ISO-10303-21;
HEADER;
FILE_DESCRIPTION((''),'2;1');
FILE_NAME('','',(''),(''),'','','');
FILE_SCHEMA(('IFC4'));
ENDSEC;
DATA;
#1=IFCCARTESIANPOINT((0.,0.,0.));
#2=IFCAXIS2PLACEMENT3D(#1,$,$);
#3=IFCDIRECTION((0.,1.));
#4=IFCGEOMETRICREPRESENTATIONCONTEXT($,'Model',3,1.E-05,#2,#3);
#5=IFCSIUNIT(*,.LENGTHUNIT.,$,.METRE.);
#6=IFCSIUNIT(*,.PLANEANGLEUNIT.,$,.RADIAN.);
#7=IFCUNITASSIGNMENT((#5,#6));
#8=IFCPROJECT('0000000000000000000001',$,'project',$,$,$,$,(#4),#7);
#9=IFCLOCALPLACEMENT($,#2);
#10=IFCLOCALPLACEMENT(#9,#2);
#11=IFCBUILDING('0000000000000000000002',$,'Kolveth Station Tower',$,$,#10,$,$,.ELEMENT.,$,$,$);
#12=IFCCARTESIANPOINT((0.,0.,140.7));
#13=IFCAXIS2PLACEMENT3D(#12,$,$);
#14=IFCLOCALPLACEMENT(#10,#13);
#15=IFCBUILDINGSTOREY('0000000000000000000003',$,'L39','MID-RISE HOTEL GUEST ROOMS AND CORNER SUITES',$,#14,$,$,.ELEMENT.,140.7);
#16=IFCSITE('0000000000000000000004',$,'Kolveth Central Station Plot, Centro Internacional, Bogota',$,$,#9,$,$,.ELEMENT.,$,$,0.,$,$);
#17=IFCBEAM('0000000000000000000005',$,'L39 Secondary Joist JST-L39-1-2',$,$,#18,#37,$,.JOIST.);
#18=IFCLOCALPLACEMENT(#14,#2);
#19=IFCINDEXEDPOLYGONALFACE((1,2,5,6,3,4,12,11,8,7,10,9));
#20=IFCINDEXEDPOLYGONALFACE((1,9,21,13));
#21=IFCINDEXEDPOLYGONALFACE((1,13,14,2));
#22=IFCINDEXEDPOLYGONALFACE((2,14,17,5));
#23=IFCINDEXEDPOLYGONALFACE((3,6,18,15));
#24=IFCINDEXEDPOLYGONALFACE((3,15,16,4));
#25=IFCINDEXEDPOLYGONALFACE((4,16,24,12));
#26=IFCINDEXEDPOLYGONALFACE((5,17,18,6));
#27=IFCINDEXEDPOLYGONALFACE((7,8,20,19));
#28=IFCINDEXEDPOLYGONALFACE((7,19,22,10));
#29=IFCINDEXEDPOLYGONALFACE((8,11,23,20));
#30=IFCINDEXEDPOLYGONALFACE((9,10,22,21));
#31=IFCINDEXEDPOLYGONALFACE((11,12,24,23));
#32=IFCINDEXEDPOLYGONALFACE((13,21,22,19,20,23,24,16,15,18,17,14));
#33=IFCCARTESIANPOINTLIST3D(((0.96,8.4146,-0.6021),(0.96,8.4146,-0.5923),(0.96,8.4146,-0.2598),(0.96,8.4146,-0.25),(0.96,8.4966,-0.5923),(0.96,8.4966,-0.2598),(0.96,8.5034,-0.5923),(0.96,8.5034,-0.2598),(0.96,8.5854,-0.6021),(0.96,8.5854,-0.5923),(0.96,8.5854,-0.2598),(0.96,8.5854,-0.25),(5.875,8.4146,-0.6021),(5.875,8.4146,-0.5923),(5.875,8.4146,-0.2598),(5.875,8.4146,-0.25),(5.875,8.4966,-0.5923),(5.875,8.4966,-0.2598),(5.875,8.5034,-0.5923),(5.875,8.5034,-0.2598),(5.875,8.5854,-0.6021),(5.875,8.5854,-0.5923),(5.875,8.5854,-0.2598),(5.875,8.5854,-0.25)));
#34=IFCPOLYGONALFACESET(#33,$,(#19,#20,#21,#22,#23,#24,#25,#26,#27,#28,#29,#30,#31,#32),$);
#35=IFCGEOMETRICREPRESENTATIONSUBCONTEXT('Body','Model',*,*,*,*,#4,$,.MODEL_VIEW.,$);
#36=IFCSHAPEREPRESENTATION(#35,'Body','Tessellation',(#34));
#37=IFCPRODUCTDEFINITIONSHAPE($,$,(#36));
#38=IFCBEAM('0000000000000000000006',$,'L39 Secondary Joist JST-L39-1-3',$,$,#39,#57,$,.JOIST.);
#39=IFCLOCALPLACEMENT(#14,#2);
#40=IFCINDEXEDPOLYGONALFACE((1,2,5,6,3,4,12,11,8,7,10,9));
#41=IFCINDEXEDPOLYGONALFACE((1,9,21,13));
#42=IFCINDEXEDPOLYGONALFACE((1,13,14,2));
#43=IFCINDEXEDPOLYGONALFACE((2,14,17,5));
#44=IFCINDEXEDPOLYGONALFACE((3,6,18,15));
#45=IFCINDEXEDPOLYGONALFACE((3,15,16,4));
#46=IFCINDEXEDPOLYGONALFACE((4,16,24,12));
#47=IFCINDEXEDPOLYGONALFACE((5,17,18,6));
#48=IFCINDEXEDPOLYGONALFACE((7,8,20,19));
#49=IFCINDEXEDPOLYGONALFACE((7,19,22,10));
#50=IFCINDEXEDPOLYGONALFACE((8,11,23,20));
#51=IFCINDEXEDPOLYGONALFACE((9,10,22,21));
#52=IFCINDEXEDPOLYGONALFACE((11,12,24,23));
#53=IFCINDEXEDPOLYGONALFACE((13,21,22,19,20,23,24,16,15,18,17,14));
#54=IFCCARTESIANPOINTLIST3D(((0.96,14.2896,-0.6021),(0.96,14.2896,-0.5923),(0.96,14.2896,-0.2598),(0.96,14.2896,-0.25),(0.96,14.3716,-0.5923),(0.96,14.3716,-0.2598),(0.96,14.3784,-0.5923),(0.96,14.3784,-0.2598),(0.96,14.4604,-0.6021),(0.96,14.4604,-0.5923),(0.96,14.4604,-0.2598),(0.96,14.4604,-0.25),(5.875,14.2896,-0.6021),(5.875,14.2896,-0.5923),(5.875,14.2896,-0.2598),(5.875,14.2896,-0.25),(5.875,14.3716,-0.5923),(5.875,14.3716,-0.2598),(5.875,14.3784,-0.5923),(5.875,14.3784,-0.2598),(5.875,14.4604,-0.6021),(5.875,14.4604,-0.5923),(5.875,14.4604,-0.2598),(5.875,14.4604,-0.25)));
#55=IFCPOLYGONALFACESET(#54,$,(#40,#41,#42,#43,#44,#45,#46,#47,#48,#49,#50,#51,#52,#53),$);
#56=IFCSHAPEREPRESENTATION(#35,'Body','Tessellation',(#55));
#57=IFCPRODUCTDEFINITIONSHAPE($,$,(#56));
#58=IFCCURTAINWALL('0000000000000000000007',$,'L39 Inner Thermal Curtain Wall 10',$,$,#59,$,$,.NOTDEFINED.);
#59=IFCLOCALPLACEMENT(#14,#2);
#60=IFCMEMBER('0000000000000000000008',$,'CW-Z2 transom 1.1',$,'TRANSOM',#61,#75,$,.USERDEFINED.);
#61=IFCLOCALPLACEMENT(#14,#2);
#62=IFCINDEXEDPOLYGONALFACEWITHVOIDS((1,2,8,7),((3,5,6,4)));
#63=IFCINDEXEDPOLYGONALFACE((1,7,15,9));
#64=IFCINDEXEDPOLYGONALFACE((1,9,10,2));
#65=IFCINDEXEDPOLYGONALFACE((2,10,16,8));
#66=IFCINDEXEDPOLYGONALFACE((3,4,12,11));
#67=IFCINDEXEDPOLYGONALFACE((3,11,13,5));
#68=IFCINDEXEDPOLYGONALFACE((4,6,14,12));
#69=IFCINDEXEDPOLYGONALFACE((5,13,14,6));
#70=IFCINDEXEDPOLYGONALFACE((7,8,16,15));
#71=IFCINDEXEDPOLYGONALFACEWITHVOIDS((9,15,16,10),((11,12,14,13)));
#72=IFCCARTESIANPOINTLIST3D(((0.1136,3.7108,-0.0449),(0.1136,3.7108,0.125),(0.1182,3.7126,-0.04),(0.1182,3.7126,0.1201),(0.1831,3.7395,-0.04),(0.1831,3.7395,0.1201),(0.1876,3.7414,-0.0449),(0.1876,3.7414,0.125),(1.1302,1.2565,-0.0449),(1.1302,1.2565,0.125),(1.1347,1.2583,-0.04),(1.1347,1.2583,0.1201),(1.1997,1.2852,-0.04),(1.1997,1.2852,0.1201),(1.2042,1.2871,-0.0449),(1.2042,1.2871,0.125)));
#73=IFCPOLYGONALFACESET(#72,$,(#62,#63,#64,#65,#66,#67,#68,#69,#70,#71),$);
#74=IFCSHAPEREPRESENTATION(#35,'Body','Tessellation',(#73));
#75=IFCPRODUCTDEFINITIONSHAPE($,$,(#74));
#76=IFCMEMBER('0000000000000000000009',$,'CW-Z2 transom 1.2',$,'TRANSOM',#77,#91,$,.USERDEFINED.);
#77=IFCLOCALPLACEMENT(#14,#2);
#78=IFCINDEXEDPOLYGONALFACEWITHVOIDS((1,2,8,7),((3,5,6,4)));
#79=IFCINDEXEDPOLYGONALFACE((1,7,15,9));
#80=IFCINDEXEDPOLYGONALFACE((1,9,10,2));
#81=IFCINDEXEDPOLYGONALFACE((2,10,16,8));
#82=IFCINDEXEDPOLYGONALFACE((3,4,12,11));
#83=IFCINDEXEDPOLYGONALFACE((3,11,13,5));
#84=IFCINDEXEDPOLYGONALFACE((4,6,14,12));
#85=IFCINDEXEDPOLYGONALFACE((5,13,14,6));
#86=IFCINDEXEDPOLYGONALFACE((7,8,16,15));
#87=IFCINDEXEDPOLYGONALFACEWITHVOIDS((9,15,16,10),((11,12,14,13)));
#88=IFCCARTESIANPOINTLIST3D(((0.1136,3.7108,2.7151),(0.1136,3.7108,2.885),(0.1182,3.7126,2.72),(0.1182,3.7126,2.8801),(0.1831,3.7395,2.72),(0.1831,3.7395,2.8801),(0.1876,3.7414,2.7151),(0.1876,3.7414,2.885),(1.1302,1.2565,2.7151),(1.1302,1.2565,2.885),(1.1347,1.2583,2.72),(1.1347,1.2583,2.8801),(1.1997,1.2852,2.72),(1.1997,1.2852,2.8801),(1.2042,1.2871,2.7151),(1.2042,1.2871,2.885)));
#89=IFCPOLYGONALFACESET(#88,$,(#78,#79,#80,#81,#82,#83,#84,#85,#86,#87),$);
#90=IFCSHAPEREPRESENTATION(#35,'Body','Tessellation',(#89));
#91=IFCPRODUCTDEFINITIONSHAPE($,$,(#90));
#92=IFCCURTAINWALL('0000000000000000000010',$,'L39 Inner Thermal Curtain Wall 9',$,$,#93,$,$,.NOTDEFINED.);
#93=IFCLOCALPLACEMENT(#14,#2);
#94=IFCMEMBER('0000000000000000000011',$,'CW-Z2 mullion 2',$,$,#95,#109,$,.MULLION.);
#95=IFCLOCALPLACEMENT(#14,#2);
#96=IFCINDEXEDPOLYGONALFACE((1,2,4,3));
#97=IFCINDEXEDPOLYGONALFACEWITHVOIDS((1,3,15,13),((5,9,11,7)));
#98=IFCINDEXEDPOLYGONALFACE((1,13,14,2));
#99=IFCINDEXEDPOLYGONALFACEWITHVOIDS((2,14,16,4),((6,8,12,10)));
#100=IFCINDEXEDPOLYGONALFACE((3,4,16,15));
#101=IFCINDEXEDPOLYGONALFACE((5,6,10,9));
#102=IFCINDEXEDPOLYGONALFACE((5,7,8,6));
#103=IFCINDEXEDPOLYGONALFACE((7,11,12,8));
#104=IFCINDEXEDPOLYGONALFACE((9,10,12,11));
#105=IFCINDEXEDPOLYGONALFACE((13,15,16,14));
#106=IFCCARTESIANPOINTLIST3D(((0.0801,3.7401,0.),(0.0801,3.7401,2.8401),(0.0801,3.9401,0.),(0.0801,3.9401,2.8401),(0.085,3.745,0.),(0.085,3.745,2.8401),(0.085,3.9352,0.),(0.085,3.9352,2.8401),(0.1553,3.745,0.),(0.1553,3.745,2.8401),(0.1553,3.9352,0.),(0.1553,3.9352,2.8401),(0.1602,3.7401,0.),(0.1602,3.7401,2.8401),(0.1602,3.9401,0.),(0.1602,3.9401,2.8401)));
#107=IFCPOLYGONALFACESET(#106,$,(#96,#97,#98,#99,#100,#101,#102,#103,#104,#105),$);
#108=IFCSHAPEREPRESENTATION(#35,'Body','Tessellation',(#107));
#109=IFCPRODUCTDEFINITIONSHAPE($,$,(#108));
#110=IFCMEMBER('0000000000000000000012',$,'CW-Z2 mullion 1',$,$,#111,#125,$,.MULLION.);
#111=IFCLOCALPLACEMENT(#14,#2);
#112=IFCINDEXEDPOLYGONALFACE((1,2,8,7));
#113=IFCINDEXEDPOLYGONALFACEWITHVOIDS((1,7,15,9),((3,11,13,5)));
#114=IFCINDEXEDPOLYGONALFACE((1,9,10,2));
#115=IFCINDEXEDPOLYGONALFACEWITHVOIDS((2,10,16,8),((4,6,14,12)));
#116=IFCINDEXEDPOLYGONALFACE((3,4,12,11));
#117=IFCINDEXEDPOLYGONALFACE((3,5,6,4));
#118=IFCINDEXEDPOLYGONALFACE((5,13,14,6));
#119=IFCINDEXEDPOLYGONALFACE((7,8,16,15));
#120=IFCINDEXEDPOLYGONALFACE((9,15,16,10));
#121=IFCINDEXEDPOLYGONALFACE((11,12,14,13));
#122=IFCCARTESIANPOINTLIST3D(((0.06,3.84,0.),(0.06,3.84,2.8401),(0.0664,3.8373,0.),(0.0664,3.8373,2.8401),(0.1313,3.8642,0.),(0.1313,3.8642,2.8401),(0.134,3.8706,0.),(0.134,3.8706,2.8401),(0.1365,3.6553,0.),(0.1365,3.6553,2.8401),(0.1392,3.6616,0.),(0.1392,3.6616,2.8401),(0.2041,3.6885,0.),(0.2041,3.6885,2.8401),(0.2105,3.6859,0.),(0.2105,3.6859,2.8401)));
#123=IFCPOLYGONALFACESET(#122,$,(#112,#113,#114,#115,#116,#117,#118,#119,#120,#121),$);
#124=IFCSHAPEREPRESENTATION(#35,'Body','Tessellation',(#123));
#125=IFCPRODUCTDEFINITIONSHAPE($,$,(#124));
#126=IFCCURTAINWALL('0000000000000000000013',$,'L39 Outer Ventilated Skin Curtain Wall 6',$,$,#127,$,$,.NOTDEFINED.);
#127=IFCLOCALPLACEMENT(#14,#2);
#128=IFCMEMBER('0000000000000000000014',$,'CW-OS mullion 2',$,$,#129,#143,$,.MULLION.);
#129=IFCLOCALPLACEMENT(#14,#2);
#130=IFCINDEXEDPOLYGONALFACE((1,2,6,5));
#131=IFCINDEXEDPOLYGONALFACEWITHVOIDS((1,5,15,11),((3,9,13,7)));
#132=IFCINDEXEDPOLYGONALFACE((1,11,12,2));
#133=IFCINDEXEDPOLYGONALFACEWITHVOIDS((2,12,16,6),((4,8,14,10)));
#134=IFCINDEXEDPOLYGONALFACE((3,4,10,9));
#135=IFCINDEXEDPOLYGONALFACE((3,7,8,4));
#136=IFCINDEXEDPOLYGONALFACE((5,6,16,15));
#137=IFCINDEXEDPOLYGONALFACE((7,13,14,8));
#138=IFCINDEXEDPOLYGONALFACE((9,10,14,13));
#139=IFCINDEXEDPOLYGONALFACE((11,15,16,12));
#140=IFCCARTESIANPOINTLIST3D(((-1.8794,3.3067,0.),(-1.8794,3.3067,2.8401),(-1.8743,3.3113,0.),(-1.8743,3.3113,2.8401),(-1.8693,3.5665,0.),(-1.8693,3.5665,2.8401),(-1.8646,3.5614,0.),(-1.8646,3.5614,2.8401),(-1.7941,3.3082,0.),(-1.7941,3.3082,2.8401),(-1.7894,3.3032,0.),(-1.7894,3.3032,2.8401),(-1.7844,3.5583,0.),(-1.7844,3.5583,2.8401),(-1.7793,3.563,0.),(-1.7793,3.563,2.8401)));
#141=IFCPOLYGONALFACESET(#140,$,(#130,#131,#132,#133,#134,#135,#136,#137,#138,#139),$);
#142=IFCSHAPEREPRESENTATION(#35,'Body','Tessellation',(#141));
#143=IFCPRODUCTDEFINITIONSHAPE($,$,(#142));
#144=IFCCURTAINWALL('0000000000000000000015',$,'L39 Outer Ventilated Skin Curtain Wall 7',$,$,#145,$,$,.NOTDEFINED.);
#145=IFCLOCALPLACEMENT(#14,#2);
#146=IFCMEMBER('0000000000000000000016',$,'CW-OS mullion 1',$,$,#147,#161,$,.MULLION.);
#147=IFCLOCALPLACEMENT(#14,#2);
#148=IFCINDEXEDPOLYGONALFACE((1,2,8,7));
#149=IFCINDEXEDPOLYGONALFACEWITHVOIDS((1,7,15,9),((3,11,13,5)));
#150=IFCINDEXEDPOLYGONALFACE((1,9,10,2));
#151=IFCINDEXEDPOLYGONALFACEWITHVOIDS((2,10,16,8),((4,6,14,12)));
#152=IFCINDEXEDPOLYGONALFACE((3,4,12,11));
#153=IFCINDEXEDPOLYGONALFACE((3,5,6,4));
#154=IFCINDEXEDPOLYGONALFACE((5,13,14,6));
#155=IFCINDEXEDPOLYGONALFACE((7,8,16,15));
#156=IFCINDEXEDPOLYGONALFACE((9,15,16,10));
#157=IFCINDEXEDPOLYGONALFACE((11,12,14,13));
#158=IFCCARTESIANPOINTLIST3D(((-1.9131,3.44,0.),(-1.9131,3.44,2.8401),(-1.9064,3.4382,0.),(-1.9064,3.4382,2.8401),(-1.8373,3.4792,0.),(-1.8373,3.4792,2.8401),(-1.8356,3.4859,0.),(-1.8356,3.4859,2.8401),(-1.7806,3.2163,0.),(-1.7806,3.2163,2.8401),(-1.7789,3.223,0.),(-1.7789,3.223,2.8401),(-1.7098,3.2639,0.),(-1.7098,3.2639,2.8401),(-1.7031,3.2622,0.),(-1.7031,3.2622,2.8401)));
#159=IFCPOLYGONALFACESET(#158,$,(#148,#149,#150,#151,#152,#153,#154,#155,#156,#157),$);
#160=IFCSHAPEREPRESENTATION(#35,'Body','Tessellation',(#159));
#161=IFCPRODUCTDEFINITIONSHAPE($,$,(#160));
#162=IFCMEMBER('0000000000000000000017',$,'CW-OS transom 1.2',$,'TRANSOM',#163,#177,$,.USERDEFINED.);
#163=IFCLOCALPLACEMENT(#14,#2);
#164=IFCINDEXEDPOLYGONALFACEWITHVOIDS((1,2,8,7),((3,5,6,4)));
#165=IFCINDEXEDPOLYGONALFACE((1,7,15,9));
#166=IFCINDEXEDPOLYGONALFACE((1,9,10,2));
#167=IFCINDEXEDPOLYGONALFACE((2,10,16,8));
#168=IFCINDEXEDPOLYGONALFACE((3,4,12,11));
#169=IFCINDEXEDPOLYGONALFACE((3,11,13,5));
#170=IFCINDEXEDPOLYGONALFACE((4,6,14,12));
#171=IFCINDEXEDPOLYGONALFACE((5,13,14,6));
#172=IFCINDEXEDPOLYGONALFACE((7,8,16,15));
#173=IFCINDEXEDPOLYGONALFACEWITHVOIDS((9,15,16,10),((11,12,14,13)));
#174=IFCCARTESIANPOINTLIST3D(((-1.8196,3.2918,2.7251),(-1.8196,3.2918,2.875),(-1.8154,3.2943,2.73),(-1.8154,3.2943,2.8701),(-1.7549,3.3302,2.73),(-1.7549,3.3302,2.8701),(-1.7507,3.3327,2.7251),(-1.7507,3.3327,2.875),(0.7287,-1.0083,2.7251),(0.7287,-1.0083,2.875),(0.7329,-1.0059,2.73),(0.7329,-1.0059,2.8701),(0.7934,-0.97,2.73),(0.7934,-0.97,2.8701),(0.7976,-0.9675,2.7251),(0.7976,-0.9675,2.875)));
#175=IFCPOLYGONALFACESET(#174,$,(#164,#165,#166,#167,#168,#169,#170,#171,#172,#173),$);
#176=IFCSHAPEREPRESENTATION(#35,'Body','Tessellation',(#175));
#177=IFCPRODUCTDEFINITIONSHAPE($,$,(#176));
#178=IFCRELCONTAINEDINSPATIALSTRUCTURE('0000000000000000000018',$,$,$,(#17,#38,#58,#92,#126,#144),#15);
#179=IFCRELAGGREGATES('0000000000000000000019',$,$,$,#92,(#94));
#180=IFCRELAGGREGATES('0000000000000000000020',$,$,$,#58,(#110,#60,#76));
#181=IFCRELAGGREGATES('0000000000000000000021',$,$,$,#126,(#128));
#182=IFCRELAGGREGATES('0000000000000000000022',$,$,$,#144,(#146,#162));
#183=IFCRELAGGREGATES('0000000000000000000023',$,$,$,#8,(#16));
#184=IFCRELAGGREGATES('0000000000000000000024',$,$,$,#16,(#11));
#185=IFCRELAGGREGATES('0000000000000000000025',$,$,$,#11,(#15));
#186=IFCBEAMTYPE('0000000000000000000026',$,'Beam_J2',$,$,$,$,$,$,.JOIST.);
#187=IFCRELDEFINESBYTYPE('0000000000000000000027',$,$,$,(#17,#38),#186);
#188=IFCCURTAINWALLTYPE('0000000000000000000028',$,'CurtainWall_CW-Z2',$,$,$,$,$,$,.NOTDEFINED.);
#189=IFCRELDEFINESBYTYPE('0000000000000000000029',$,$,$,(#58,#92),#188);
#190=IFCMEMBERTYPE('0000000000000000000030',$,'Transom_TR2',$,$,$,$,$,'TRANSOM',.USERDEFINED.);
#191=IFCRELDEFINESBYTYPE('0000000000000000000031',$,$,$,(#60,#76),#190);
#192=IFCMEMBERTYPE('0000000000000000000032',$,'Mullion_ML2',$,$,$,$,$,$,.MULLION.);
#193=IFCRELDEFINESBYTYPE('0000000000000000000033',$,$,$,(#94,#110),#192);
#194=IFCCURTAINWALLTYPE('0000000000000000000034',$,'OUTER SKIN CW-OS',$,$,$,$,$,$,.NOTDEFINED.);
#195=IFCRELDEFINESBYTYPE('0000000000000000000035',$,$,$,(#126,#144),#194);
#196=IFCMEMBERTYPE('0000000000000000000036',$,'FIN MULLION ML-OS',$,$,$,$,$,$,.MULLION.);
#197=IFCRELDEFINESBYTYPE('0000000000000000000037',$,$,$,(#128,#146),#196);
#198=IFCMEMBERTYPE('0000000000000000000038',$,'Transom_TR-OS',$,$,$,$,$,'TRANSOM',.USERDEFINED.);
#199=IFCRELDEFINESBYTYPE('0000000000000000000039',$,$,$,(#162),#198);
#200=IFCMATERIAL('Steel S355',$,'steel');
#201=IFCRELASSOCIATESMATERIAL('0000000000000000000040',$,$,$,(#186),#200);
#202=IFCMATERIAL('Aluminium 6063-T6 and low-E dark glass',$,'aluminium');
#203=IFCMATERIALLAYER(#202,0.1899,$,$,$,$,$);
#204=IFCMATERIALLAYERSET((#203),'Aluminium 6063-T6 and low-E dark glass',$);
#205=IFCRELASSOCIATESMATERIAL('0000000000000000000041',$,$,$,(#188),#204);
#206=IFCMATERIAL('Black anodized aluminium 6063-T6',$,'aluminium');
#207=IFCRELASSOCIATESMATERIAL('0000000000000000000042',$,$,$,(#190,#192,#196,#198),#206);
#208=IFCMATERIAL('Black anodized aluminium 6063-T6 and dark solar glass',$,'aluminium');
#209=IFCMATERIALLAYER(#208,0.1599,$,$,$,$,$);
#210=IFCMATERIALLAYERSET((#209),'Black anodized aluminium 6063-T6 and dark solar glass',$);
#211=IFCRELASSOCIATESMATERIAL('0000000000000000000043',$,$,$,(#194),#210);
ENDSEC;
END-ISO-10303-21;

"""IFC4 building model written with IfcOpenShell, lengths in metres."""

from ifc_helpers import new_model, si_unit, direction, frame, origin, origin_2d, place, context, subcontext, project, spatial, hollow_rectangle, i_section, extrude, source, transform, mapped, material, layer, layer_set, material_profile, profile_set, type_object, element, aggregate, save


model = new_model("IFC4")

# Units and contexts
model_context = context("Model", 3, precision=1e-05, world=origin(), true_north=direction((0.0, 1.0)))
body_context = subcontext(model_context, "Body", "Model", "MODEL_VIEW")
ifc_project = project(units=[si_unit("LENGTHUNIT", "METRE"), si_unit("PLANEANGLEUNIT", "RADIAN")], contexts=[model_context])

# Site, building, storey
site_placement = place(None, origin())
site = spatial("IfcSite", under=ifc_project, at=site_placement, Name="Kolveth Central Station Plot, Centro Internacional, Bogota", CompositionType="ELEMENT", RefElevation=0.0)
building_placement = place(site_placement, origin())
building = spatial("IfcBuilding", under=site, at=building_placement, Name="Kolveth Station Tower", CompositionType="ELEMENT")
storey_placement = place(building_placement, frame((0.0, 0.0, 140.7)))
storey = spatial("IfcBuildingStorey", under=building, at=storey_placement, Name="L39", Description="MID-RISE HOTEL GUEST ROOMS AND CORNER SUITES", CompositionType="ELEMENT", Elevation=140.7)

# Beams
ifc_material_1 = material(Name="Steel S355", Category="steel")
ifc_material_profile_1 = material_profile(ifc_material_1, i_section(OverallWidth=0.1709, OverallDepth=0.3521, WebThickness=0.0068, FlangeThickness=0.0098, at=origin_2d()), Name="W360x44")
ifc_profile_set_1 = profile_set([ifc_material_profile_1], Name="Steel S355")
beam_type_1 = type_object("IfcBeamType", Name="Beam_J2", PredefinedType="JOIST", material=ifc_profile_set_1)
shared_shape_1 = source(origin(), body_context, "Body", "SweptSolid", [
    extrude(i_section(OverallWidth=0.1709, OverallDepth=0.3521, WebThickness=0.0068, FlangeThickness=0.0098, at=origin_2d()), origin(), (0.0, 0.0, 1.0), 4.915),
])
for number, where, z_axis, x_axis, name in (
    (1, (0.96, 8.5, -0.426), (1.0, 0.0, 0.0), (0.0, 1.0, 0.0), "L39 Secondary Joist JST-L39-1-2"),
    (2, (0.96, 14.375, -0.426), (1.0, 0.0, 0.0), (0.0, 1.0, 0.0), "L39 Secondary Joist JST-L39-1-3"),
):
    element("IfcBeam", number, at=place(storey_placement, frame(where, z_axis=z_axis, x_axis=x_axis)), inside=storey, type_object=beam_type_1, Name=name, PredefinedType="JOIST", context=body_context, shape_type="MappedRepresentation", body=[
        mapped(shared_shape_1, transform((0.0, 0.0, 0.0), x_axis=(1.0, 0.0, 0.0), y_axis=(0.0, 1.0, 0.0), z_axis=(0.0, 0.0, 1.0), scale=1.0)),
    ])

# Curtain wall, members
ifc_material_2 = material(Name="Aluminium 6063-T6 and low-E dark glass", Category="aluminium")
ifc_layer_1 = layer(ifc_material_2, 0.1899)
ifc_layer_set_1 = layer_set([ifc_layer_1], Name="Aluminium 6063-T6 and low-E dark glass")
curtain_wall_type_1 = type_object("IfcCurtainWallType", Name="CurtainWall_CW-Z2", PredefinedType="NOTDEFINED", material=ifc_layer_set_1)
curtain_wall_1_placement = place(storey_placement, origin())
curtain_wall_1 = element("IfcCurtainWall", 3, at=curtain_wall_1_placement, inside=storey, type_object=curtain_wall_type_1, Name="L39 Inner Thermal Curtain Wall 10", PredefinedType="NOTDEFINED")
ifc_material_3 = material(Name="Black anodized aluminium 6063-T6", Category="aluminium")
ifc_material_profile_2 = material_profile(ifc_material_3, hollow_rectangle(XDim=0.0801, YDim=0.1699, WallThickness=0.0049, at=origin_2d()), Name="ALU-80x170x5")
ifc_profile_set_2 = profile_set([ifc_material_profile_2], Name="Black anodized aluminium 6063-T6")
member_type_1 = type_object("IfcMemberType", Name="Transom_TR2", ElementType="TRANSOM", PredefinedType="USERDEFINED", material=ifc_profile_set_2)
shared_shape_2 = source(origin(), body_context, "Body", "SweptSolid", [
    extrude(hollow_rectangle(XDim=0.0801, YDim=0.1699, WallThickness=0.0049, at=origin_2d()), origin(), (0.0, 0.0, 1.0), 2.6565),
])
member_1_placement = place(storey_placement, frame((0.1506, 3.7261, 0.04), z_axis=(0.382676, -0.923882, 0.0), x_axis=(0.923882, 0.382676, 0.0)))
member_1 = element("IfcMember", 4, at=member_1_placement, type_object=member_type_1, Name="CW-Z2 transom 1.1", ObjectType="TRANSOM", PredefinedType="USERDEFINED", context=body_context, shape_type="MappedRepresentation", body=[
    mapped(shared_shape_2, transform((0.0, 0.0, 0.0), x_axis=(1.0, 0.0, 0.0), y_axis=(0.0, 1.0, 0.0), z_axis=(0.0, 0.0, 1.0), scale=1.0)),
])
member_2_placement = place(storey_placement, frame((0.1506, 3.7261, 2.8), z_axis=(0.382676, -0.923882, 0.0), x_axis=(0.923882, 0.382676, 0.0)))
member_2 = element("IfcMember", 5, at=member_2_placement, type_object=member_type_1, Name="CW-Z2 transom 1.2", ObjectType="TRANSOM", PredefinedType="USERDEFINED", context=body_context, shape_type="MappedRepresentation", body=[
    mapped(shared_shape_2, transform((0.0, 0.0, 0.0), x_axis=(1.0, 0.0, 0.0), y_axis=(0.0, 1.0, 0.0), z_axis=(0.0, 0.0, 1.0), scale=1.0)),
])

# Curtain wall, member
curtain_wall_2_placement = place(storey_placement, origin())
curtain_wall_2 = element("IfcCurtainWall", 6, at=curtain_wall_2_placement, inside=storey, type_object=curtain_wall_type_1, Name="L39 Inner Thermal Curtain Wall 9", PredefinedType="NOTDEFINED")
ifc_material_profile_3 = material_profile(ifc_material_3, hollow_rectangle(XDim=0.0801, YDim=0.2, WallThickness=0.0049, at=origin_2d()), Name="ALU-80x200x5")
ifc_profile_set_3 = profile_set([ifc_material_profile_3], Name="Black anodized aluminium 6063-T6")
member_type_2 = type_object("IfcMemberType", Name="Mullion_ML2", PredefinedType="MULLION", material=ifc_profile_set_3)
shared_shape_3 = source(origin(), body_context, "Body", "SweptSolid", [
    extrude(hollow_rectangle(XDim=0.0801, YDim=0.2, WallThickness=0.0049, at=origin_2d()), origin(), (0.0, 0.0, 1.0), 2.8401),
])
member_3_placement = place(storey_placement, frame((0.1201, 3.8401, 0.0), z_axis=(0.0, 0.0, 1.0), x_axis=(1.0, 0.0, 0.0)))
member_3 = element("IfcMember", 7, at=member_3_placement, type_object=member_type_2, Name="CW-Z2 mullion 2", PredefinedType="MULLION", context=body_context, shape_type="MappedRepresentation", body=[
    mapped(shared_shape_3, transform((0.0, 0.0, 0.0), x_axis=(1.0, 0.0, 0.0), y_axis=(0.0, 1.0, 0.0), z_axis=(0.0, 0.0, 1.0), scale=1.0)),
])
aggregate(curtain_wall_2, [member_3])

# Member
member_4_placement = place(storey_placement, frame((0.1353, 3.7629, 0.0), z_axis=(0.0, 0.0, 1.0), x_axis=(0.923888, 0.382663, 0.0)))
member_4 = element("IfcMember", 8, at=member_4_placement, type_object=member_type_2, Name="CW-Z2 mullion 1", PredefinedType="MULLION", context=body_context, shape_type="MappedRepresentation", body=[
    mapped(shared_shape_3, transform((0.0, 0.0, 0.0), x_axis=(1.0, 0.0, 0.0), y_axis=(0.0, 1.0, 0.0), z_axis=(0.0, 0.0, 1.0), scale=1.0)),
])
aggregate(curtain_wall_1, [member_4, member_1, member_2])

# Curtain wall, member
ifc_material_4 = material(Name="Black anodized aluminium 6063-T6 and dark solar glass", Category="aluminium")
ifc_layer_2 = layer(ifc_material_4, 0.1599)
ifc_layer_set_2 = layer_set([ifc_layer_2], Name="Black anodized aluminium 6063-T6 and dark solar glass")
curtain_wall_type_2 = type_object("IfcCurtainWallType", Name="OUTER SKIN CW-OS", PredefinedType="NOTDEFINED", material=ifc_layer_set_2)
curtain_wall_3_placement = place(storey_placement, origin())
curtain_wall_3 = element("IfcCurtainWall", 9, at=curtain_wall_3_placement, inside=storey, type_object=curtain_wall_type_2, Name="L39 Outer Ventilated Skin Curtain Wall 6", PredefinedType="NOTDEFINED")
ifc_material_profile_4 = material_profile(ifc_material_3, hollow_rectangle(XDim=0.0901, YDim=0.26, WallThickness=0.0049, at=origin_2d()), Name="ALU-90x260x5")
ifc_profile_set_4 = profile_set([ifc_material_profile_4], Name="Black anodized aluminium 6063-T6")
member_type_3 = type_object("IfcMemberType", Name="FIN MULLION ML-OS", PredefinedType="MULLION", material=ifc_profile_set_4)
shared_shape_4 = source(origin(), body_context, "Body", "SweptSolid", [
    extrude(hollow_rectangle(XDim=0.0901, YDim=0.26, WallThickness=0.0049, at=origin_2d()), origin(), (0.0, 0.0, 1.0), 2.8401),
])
member_5_placement = place(storey_placement, frame((-1.8293, 3.4348, 0.0), z_axis=(0.0, 0.0, 1.0), x_axis=(0.999249, -0.03876, 0.0)))
member_5 = element("IfcMember", 10, at=member_5_placement, type_object=member_type_3, Name="CW-OS mullion 2", PredefinedType="MULLION", context=body_context, shape_type="MappedRepresentation", body=[
    mapped(shared_shape_4, transform((0.0, 0.0, 0.0), x_axis=(1.0, 0.0, 0.0), y_axis=(0.0, 1.0, 0.0), z_axis=(0.0, 0.0, 1.0), scale=1.0)),
])
aggregate(curtain_wall_3, [member_5])

# Curtain wall, members
curtain_wall_4_placement = place(storey_placement, origin())
curtain_wall_4 = element("IfcCurtainWall", 11, at=curtain_wall_4_placement, inside=storey, type_object=curtain_wall_type_2, Name="L39 Outer Ventilated Skin Curtain Wall 7", PredefinedType="NOTDEFINED")
member_6_placement = place(storey_placement, frame((-1.8081, 3.3511, 0.0), z_axis=(0.0, 0.0, 1.0), x_axis=(0.860293, 0.5098, 0.0)))
member_6 = element("IfcMember", 12, at=member_6_placement, type_object=member_type_3, Name="CW-OS mullion 1", PredefinedType="MULLION", context=body_context, shape_type="MappedRepresentation", body=[
    mapped(shared_shape_4, transform((0.0, 0.0, 0.0), x_axis=(1.0, 0.0, 0.0), y_axis=(0.0, 1.0, 0.0), z_axis=(0.0, 0.0, 1.0), scale=1.0)),
])
ifc_material_profile_5 = material_profile(ifc_material_3, hollow_rectangle(XDim=0.0801, YDim=0.1499, WallThickness=0.0049, at=origin_2d()), Name="ALU-80x150x5")
ifc_profile_set_5 = profile_set([ifc_material_profile_5], Name="Black anodized aluminium 6063-T6")
member_type_4 = type_object("IfcMemberType", Name="Transom_TR-OS", ElementType="TRANSOM", PredefinedType="USERDEFINED", material=ifc_profile_set_5)
shared_shape_5 = source(origin(), body_context, "Body", "SweptSolid", [
    extrude(hollow_rectangle(XDim=0.0801, YDim=0.1499, WallThickness=0.0049, at=origin_2d()), origin(), (0.0, 0.0, 1.0), 4.9985),
])
member_7_placement = place(storey_placement, frame((-1.7852, 3.3123, 2.8), z_axis=(0.509805, -0.86029, 0.0), x_axis=(0.86029, 0.509805, 0.0)))
member_7 = element("IfcMember", 13, at=member_7_placement, type_object=member_type_4, Name="CW-OS transom 1.2", ObjectType="TRANSOM", PredefinedType="USERDEFINED", context=body_context, shape_type="MappedRepresentation", body=[
    mapped(shared_shape_5, transform((0.0, 0.0, 0.0), x_axis=(1.0, 0.0, 0.0), y_axis=(0.0, 1.0, 0.0), z_axis=(0.0, 0.0, 1.0), scale=1.0)),
])
aggregate(curtain_wall_4, [member_6, member_7])

save(model, "model.ifc")
